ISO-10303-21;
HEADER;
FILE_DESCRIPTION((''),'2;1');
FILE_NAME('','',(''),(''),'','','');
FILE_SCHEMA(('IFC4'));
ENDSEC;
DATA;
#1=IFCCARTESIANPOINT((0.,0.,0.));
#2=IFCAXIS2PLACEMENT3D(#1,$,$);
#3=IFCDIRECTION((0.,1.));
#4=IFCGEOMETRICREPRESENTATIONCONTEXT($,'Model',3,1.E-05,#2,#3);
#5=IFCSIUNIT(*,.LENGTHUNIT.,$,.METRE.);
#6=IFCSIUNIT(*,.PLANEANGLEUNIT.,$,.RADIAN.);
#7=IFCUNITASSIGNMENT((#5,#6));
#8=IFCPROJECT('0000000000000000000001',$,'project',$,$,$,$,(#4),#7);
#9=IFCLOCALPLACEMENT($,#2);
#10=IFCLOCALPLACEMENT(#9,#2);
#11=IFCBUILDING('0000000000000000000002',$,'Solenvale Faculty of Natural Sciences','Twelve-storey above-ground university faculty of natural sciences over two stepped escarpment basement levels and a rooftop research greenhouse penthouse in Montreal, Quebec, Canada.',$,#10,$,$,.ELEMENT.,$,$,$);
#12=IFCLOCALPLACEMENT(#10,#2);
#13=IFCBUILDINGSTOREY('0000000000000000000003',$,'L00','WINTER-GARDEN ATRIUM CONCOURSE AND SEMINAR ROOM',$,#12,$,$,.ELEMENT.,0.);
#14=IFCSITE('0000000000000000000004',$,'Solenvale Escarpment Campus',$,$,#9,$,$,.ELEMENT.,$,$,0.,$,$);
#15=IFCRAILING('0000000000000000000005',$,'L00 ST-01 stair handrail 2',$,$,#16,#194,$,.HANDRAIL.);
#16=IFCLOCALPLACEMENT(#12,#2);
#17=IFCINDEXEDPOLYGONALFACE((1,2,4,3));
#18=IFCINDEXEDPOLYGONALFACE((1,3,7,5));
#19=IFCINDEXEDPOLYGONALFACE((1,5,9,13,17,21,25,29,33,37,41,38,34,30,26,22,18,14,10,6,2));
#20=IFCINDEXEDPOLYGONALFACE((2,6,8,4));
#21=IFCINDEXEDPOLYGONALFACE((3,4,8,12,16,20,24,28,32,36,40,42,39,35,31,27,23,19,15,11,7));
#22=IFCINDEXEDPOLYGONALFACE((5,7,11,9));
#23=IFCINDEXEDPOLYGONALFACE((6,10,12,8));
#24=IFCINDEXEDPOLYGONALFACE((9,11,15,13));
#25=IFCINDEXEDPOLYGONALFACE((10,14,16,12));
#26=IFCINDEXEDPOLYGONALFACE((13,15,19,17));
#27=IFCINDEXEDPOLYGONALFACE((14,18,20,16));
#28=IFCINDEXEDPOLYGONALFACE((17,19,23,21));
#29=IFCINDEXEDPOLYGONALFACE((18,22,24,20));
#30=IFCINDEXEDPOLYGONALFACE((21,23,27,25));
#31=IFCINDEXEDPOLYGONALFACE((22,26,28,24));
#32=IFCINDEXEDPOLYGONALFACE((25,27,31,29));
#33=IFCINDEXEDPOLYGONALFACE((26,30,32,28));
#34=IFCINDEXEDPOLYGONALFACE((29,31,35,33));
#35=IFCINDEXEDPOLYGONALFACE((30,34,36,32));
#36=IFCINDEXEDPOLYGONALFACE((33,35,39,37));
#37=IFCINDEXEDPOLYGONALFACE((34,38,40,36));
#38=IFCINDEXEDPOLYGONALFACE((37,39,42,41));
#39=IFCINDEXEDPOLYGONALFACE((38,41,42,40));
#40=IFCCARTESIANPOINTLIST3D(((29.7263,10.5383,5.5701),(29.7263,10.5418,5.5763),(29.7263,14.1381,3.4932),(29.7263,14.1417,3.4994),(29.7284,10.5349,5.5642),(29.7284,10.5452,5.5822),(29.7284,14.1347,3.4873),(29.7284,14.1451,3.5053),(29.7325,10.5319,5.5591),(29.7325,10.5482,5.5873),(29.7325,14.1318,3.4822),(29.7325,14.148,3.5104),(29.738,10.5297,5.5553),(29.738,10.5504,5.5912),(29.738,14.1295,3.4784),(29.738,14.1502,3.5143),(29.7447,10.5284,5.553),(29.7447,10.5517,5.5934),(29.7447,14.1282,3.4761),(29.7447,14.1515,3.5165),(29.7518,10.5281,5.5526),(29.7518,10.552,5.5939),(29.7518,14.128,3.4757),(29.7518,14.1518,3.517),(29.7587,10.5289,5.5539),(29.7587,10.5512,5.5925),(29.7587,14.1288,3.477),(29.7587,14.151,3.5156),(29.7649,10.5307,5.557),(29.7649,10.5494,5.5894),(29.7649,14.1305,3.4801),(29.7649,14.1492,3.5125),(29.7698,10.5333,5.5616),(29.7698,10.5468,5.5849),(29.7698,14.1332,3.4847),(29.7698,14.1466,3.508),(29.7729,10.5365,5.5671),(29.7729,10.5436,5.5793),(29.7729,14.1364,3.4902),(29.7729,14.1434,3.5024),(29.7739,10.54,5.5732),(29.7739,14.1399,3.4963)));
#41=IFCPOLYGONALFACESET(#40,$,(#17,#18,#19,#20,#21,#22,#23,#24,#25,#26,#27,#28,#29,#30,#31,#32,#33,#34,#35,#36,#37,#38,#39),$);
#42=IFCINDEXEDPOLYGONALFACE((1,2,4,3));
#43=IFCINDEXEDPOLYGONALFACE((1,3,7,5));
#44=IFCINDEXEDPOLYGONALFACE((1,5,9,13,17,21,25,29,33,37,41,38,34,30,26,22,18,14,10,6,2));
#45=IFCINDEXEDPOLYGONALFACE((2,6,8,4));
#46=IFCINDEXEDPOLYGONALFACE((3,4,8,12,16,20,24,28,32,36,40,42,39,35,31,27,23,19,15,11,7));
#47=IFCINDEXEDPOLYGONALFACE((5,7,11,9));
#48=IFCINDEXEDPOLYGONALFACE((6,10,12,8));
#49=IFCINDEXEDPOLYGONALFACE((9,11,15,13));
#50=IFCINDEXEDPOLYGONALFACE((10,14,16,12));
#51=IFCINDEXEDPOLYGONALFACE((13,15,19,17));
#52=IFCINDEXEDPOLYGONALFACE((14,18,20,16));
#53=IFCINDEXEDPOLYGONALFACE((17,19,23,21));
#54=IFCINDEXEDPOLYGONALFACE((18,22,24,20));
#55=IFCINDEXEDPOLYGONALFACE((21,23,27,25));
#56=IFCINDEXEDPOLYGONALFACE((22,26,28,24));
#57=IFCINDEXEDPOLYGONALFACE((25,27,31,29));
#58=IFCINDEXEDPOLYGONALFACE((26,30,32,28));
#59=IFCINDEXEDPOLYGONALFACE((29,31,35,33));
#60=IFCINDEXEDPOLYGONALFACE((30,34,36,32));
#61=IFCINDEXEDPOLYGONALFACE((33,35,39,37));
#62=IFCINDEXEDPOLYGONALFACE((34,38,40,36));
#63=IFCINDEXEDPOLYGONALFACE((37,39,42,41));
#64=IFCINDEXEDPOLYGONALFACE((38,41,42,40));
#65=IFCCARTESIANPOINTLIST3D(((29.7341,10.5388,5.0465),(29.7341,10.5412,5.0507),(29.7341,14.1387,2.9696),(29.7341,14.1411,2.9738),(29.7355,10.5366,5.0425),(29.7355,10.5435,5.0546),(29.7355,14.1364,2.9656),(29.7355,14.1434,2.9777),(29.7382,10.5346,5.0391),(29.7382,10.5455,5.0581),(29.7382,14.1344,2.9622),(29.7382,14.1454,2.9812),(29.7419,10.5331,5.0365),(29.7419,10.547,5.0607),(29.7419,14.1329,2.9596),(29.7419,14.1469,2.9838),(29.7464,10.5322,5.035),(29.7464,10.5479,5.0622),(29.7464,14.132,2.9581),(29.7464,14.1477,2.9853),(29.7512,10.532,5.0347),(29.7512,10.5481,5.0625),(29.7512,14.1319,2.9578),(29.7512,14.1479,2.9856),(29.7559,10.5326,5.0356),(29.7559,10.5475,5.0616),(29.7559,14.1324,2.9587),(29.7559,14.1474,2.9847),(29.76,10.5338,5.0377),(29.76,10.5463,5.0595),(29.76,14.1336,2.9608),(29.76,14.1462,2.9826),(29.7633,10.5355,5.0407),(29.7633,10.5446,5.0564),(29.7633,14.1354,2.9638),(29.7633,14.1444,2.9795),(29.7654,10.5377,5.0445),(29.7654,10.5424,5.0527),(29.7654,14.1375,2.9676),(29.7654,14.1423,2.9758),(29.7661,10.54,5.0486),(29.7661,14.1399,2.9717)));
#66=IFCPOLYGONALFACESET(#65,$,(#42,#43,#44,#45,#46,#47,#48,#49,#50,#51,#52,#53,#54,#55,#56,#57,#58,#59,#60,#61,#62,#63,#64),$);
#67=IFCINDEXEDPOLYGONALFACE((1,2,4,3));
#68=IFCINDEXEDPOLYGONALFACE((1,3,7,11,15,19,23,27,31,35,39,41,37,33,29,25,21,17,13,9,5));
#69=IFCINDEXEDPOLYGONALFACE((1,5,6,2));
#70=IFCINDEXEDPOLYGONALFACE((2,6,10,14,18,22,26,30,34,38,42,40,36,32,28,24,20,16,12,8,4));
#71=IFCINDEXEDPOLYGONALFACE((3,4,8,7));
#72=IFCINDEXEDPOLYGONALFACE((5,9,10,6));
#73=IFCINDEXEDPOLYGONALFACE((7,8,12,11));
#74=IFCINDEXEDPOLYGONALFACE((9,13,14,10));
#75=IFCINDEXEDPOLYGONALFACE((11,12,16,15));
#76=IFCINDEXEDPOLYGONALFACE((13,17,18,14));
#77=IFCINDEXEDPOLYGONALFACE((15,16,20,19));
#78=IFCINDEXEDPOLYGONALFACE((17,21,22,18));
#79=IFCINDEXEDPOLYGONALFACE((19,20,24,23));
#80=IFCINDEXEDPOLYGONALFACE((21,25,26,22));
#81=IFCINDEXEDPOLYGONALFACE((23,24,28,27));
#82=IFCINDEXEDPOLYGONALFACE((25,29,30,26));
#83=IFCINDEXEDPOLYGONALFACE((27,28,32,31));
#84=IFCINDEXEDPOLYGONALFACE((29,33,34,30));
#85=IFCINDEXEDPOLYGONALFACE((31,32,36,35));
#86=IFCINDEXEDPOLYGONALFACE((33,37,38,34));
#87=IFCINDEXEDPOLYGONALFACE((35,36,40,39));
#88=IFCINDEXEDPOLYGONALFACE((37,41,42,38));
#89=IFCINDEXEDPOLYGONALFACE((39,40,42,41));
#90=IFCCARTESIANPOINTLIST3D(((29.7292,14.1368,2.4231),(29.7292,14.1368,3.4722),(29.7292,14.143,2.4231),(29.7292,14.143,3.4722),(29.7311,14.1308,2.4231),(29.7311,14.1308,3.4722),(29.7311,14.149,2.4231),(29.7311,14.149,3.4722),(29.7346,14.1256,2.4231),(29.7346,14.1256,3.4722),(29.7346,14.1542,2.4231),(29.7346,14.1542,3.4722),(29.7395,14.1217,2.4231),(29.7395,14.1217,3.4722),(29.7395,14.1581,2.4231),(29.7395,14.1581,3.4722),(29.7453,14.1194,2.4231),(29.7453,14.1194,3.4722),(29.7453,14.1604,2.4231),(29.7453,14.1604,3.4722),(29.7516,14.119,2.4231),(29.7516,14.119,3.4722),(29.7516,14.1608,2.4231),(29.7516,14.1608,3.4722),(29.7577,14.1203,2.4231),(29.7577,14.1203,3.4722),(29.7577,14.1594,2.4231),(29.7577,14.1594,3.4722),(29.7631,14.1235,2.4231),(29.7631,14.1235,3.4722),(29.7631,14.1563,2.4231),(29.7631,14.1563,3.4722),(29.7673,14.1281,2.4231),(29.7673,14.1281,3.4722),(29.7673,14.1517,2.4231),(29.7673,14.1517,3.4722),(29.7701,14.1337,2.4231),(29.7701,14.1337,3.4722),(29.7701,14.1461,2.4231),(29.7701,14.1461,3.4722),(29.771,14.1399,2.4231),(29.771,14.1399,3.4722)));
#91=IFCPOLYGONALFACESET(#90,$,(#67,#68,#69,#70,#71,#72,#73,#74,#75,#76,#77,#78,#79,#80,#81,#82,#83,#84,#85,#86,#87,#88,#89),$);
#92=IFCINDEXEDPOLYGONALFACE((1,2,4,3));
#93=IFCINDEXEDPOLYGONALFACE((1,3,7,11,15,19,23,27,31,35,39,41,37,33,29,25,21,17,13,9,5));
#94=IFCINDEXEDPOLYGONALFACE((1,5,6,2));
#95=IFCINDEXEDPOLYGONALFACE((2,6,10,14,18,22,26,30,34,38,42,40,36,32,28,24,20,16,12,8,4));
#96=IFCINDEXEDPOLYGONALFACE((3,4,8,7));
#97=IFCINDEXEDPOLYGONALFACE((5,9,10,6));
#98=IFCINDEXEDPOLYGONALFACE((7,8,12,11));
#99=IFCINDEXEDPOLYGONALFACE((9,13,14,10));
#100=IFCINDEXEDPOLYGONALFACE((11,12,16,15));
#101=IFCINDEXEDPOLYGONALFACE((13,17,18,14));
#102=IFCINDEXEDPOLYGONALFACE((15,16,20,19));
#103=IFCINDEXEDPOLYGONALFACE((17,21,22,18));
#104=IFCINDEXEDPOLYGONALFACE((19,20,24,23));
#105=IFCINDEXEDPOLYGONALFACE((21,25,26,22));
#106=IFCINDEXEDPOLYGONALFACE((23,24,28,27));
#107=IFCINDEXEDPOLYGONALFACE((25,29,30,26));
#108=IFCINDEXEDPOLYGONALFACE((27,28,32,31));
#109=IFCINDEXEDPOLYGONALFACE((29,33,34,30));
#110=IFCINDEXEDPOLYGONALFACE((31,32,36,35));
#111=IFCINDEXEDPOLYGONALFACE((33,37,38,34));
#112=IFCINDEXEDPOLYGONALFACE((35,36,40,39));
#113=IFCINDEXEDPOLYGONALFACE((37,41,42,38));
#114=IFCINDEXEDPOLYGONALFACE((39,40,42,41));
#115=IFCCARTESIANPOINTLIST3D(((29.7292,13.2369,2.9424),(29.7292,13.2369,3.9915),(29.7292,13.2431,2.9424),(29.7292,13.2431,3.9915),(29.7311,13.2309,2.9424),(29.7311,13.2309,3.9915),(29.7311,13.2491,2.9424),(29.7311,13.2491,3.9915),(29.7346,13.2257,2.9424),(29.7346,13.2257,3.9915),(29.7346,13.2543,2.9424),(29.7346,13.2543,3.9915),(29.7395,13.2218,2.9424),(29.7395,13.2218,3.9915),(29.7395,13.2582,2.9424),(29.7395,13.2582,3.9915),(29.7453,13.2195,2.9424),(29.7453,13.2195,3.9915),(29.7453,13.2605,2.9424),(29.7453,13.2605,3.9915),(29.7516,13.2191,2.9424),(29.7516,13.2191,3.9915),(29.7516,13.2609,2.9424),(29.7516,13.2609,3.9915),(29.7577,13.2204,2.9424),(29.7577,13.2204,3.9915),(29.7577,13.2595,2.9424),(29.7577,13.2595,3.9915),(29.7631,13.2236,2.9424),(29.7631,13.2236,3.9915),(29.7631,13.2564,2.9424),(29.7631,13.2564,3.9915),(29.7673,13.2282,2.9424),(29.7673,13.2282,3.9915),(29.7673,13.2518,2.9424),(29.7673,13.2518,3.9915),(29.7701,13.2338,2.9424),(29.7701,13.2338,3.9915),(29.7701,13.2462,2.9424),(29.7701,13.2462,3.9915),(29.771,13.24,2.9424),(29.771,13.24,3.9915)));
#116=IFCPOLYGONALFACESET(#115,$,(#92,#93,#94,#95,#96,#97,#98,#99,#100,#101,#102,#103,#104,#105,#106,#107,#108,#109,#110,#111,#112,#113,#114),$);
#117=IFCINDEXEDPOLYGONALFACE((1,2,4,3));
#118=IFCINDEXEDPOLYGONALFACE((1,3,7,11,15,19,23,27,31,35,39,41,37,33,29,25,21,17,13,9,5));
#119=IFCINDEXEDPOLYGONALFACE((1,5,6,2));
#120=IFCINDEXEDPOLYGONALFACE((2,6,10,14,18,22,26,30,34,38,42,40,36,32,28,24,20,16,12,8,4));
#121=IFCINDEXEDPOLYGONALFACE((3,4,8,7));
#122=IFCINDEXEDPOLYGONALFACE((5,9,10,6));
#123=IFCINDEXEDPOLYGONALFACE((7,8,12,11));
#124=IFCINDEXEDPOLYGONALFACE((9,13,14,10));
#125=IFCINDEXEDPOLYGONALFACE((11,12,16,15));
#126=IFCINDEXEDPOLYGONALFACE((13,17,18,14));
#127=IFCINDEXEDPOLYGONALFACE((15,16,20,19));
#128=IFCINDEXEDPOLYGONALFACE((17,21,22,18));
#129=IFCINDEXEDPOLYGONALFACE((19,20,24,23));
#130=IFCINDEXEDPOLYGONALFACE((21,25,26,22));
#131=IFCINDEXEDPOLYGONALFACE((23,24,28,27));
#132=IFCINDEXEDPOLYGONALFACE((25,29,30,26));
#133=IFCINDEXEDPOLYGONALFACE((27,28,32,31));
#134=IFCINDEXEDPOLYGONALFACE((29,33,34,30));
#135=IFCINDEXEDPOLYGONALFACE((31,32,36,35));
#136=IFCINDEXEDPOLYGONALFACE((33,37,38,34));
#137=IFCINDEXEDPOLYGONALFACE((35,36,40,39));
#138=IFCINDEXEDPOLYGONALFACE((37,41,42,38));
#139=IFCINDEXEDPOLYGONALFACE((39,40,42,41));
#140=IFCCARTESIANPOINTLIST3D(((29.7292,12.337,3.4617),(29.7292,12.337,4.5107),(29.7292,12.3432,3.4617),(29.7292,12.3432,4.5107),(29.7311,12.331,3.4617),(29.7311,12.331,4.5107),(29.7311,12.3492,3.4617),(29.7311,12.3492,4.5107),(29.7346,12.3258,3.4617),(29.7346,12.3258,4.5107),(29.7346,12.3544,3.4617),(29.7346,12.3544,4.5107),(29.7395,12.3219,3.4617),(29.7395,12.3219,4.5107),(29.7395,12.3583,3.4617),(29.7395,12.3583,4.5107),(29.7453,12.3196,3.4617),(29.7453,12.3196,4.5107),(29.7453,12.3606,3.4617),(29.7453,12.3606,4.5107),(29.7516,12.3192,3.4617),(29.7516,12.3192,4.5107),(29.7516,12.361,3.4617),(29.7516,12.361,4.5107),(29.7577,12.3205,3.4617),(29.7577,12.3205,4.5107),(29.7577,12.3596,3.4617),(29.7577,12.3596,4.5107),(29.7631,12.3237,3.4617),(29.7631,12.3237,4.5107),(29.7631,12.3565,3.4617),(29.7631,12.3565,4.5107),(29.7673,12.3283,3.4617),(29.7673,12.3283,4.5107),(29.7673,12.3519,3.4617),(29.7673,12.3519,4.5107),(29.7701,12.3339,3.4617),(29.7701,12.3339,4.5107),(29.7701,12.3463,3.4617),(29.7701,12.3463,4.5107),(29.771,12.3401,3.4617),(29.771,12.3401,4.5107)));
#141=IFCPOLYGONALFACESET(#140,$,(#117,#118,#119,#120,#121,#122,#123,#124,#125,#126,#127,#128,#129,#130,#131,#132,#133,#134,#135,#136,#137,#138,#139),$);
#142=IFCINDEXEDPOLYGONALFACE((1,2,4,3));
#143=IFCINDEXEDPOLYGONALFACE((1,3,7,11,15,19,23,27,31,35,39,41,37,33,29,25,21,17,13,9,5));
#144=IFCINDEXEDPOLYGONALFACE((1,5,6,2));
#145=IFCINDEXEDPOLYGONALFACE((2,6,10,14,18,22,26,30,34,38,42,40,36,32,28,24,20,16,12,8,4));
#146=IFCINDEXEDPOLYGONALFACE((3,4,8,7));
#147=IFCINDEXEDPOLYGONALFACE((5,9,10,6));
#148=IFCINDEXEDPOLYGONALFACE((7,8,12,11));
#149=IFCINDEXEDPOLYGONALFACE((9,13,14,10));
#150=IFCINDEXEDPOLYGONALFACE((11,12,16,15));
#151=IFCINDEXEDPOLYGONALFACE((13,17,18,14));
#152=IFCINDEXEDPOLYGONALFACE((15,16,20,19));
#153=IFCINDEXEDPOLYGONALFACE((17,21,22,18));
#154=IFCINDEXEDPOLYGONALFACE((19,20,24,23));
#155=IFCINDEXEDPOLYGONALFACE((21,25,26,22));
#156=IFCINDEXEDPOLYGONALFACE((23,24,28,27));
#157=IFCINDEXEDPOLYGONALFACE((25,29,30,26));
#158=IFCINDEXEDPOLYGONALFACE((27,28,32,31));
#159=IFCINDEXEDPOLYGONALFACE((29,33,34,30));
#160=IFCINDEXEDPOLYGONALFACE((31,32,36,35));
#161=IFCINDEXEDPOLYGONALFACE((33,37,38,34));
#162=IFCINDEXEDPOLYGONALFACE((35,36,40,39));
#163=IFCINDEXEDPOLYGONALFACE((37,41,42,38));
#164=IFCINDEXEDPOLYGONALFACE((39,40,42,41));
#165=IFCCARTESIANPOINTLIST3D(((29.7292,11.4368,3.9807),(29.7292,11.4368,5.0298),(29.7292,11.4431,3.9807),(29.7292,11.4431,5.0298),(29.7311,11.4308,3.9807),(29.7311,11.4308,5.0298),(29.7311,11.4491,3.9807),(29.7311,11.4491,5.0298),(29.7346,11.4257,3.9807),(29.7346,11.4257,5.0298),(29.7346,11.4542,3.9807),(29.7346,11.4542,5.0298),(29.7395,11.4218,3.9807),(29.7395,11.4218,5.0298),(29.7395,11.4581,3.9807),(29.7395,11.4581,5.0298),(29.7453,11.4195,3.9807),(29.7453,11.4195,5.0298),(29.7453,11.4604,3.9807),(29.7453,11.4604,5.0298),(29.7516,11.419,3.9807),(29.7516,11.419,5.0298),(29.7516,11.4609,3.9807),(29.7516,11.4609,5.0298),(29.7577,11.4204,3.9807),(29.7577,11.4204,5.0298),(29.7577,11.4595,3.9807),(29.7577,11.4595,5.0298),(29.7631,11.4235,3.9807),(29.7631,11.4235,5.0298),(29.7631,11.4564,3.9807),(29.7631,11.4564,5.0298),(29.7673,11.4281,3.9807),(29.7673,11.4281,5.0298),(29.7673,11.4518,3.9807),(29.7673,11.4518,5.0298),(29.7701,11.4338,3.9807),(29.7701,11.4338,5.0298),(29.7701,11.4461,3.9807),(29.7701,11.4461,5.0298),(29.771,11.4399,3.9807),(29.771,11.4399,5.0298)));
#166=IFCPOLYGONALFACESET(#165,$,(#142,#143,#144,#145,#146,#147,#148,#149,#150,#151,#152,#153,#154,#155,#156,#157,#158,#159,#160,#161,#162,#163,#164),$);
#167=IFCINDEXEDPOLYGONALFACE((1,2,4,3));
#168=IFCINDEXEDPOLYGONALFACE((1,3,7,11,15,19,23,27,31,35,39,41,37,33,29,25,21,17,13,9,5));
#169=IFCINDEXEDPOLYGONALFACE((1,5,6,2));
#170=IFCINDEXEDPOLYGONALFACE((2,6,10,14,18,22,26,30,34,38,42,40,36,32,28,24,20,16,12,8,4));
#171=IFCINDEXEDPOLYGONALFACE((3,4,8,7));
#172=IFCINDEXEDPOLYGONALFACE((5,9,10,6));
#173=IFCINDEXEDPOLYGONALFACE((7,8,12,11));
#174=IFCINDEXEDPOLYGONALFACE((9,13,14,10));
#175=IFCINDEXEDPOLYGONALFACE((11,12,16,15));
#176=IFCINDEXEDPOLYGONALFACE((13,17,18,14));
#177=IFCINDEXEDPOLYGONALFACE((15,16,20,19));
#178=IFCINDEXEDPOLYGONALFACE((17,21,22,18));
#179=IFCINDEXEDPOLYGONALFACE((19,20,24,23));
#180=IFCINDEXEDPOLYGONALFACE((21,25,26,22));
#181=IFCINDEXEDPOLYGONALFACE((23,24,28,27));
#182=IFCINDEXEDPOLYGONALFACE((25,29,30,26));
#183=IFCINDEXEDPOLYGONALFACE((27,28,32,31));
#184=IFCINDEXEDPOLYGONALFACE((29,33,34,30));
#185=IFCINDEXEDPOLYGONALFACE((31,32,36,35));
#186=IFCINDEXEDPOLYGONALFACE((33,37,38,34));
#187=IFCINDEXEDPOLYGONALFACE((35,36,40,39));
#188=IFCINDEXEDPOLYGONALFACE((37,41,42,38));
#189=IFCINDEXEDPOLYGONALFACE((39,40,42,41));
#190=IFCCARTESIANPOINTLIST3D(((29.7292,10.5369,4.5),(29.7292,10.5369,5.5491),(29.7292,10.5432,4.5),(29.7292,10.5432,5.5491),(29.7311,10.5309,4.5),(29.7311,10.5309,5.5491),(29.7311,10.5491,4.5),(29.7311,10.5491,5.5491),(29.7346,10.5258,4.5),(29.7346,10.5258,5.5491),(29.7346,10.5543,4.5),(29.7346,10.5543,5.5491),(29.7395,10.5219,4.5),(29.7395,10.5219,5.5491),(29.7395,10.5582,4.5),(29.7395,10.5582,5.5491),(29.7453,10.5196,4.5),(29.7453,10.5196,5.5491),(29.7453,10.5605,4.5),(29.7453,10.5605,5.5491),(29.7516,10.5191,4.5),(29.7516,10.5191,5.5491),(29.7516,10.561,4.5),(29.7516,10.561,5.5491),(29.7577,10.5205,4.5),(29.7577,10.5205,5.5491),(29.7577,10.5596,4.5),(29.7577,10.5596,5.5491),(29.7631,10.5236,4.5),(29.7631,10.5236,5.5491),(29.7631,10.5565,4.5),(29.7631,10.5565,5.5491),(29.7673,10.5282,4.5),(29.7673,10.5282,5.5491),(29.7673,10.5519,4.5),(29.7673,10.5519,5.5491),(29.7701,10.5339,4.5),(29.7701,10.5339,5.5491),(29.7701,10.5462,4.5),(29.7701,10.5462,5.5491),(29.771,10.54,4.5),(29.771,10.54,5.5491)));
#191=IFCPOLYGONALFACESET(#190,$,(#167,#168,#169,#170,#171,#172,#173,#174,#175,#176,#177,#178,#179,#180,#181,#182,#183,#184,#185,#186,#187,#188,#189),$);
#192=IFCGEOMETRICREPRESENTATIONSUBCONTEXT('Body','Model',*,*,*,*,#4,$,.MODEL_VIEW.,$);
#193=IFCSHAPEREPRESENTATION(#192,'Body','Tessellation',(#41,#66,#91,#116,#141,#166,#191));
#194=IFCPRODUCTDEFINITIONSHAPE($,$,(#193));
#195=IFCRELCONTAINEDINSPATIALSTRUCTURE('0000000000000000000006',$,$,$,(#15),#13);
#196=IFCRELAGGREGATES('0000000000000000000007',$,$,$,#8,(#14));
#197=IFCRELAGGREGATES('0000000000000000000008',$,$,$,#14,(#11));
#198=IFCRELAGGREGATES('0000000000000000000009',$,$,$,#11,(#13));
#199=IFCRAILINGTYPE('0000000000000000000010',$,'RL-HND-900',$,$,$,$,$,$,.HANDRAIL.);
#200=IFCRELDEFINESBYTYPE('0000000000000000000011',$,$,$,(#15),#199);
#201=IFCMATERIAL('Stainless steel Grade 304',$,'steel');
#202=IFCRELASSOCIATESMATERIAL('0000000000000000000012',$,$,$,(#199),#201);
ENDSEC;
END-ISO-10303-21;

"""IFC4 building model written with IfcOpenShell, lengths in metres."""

from ifc_helpers import new_model, si_unit, direction, frame, origin, origin_2d, place, context, subcontext, project, spatial, circle, extrude, material, type_object, element, save


model = new_model("IFC4")

# Units and contexts
model_context = context("Model", 3, precision=1e-05, world=origin(), true_north=direction((0.0, 1.0)))
body_context = subcontext(model_context, "Body", "Model", "MODEL_VIEW")
ifc_project = project(units=[si_unit("LENGTHUNIT", "METRE"), si_unit("PLANEANGLEUNIT", "RADIAN")], contexts=[model_context])

# Site, building, storey
site_placement = place(None, origin())
site = spatial("IfcSite", under=ifc_project, at=site_placement, Name="Solenvale Escarpment Campus", CompositionType="ELEMENT", RefElevation=0.0)
building_placement = place(site_placement, origin())
building = spatial("IfcBuilding", under=site, at=building_placement, Name="Solenvale Faculty of Natural Sciences", Description="Twelve-storey above-ground university faculty of natural sciences over two stepped escarpment basement levels and a rooftop research greenhouse penthouse in Montreal, Quebec, Canada.", CompositionType="ELEMENT")
storey_placement = place(building_placement, origin())
storey = spatial("IfcBuildingStorey", under=building, at=storey_placement, Name="L00", Description="WINTER-GARDEN ATRIUM CONCOURSE AND SEMINAR ROOM", CompositionType="ELEMENT", Elevation=0.0)

# Railing
ifc_material_1 = material(Name="Stainless steel Grade 304", Category="steel")
railing_type_1 = type_object("IfcRailingType", Name="RL-HND-900", PredefinedType="HANDRAIL", material=ifc_material_1)
railing_1_placement = place(storey_placement, frame((29.75, 14.1399, 2.4231)))
element("IfcRailing", 1, at=railing_1_placement, inside=storey, type_object=railing_type_1, Name="L00 ST-01 stair handrail 2", PredefinedType="HANDRAIL", context=body_context, shape_type="SweptSolid", body=[
    extrude(circle(Radius=0.0239, at=origin_2d()), frame((0.0, 0.0, 1.0732), z_axis=(0.0, -0.866179, 0.499734), x_axis=(1.0, 0.0, 0.0)), (0.0, 0.0, 1.0), 4.156),
    extrude(circle(Radius=0.0161, at=origin_2d()), frame((0.0, 0.0, 0.5486), z_axis=(0.0, -0.866179, 0.499734), x_axis=(1.0, 0.0, 0.0)), (0.0, 0.0, 1.0), 4.156),
    extrude(circle(Radius=0.021, at=origin_2d()), origin(), (0.0, 0.0, 1.0), 1.0491),
    extrude(circle(Radius=0.021, at=origin_2d()), frame((0.0, -0.8999, 0.5193)), (0.0, 0.0, 1.0), 1.0491),
    extrude(circle(Radius=0.021, at=origin_2d()), frame((0.0, -1.7998, 1.0386)), (0.0, 0.0, 1.0), 1.0491),
    extrude(circle(Radius=0.021, at=origin_2d()), frame((0.0, -2.7, 1.5576)), (0.0, 0.0, 1.0), 1.0491),
    extrude(circle(Radius=0.021, at=origin_2d()), frame((0.0, -3.5999, 2.0769)), (0.0, 0.0, 1.0), 1.0491),
])

save(model, "model.ifc")
